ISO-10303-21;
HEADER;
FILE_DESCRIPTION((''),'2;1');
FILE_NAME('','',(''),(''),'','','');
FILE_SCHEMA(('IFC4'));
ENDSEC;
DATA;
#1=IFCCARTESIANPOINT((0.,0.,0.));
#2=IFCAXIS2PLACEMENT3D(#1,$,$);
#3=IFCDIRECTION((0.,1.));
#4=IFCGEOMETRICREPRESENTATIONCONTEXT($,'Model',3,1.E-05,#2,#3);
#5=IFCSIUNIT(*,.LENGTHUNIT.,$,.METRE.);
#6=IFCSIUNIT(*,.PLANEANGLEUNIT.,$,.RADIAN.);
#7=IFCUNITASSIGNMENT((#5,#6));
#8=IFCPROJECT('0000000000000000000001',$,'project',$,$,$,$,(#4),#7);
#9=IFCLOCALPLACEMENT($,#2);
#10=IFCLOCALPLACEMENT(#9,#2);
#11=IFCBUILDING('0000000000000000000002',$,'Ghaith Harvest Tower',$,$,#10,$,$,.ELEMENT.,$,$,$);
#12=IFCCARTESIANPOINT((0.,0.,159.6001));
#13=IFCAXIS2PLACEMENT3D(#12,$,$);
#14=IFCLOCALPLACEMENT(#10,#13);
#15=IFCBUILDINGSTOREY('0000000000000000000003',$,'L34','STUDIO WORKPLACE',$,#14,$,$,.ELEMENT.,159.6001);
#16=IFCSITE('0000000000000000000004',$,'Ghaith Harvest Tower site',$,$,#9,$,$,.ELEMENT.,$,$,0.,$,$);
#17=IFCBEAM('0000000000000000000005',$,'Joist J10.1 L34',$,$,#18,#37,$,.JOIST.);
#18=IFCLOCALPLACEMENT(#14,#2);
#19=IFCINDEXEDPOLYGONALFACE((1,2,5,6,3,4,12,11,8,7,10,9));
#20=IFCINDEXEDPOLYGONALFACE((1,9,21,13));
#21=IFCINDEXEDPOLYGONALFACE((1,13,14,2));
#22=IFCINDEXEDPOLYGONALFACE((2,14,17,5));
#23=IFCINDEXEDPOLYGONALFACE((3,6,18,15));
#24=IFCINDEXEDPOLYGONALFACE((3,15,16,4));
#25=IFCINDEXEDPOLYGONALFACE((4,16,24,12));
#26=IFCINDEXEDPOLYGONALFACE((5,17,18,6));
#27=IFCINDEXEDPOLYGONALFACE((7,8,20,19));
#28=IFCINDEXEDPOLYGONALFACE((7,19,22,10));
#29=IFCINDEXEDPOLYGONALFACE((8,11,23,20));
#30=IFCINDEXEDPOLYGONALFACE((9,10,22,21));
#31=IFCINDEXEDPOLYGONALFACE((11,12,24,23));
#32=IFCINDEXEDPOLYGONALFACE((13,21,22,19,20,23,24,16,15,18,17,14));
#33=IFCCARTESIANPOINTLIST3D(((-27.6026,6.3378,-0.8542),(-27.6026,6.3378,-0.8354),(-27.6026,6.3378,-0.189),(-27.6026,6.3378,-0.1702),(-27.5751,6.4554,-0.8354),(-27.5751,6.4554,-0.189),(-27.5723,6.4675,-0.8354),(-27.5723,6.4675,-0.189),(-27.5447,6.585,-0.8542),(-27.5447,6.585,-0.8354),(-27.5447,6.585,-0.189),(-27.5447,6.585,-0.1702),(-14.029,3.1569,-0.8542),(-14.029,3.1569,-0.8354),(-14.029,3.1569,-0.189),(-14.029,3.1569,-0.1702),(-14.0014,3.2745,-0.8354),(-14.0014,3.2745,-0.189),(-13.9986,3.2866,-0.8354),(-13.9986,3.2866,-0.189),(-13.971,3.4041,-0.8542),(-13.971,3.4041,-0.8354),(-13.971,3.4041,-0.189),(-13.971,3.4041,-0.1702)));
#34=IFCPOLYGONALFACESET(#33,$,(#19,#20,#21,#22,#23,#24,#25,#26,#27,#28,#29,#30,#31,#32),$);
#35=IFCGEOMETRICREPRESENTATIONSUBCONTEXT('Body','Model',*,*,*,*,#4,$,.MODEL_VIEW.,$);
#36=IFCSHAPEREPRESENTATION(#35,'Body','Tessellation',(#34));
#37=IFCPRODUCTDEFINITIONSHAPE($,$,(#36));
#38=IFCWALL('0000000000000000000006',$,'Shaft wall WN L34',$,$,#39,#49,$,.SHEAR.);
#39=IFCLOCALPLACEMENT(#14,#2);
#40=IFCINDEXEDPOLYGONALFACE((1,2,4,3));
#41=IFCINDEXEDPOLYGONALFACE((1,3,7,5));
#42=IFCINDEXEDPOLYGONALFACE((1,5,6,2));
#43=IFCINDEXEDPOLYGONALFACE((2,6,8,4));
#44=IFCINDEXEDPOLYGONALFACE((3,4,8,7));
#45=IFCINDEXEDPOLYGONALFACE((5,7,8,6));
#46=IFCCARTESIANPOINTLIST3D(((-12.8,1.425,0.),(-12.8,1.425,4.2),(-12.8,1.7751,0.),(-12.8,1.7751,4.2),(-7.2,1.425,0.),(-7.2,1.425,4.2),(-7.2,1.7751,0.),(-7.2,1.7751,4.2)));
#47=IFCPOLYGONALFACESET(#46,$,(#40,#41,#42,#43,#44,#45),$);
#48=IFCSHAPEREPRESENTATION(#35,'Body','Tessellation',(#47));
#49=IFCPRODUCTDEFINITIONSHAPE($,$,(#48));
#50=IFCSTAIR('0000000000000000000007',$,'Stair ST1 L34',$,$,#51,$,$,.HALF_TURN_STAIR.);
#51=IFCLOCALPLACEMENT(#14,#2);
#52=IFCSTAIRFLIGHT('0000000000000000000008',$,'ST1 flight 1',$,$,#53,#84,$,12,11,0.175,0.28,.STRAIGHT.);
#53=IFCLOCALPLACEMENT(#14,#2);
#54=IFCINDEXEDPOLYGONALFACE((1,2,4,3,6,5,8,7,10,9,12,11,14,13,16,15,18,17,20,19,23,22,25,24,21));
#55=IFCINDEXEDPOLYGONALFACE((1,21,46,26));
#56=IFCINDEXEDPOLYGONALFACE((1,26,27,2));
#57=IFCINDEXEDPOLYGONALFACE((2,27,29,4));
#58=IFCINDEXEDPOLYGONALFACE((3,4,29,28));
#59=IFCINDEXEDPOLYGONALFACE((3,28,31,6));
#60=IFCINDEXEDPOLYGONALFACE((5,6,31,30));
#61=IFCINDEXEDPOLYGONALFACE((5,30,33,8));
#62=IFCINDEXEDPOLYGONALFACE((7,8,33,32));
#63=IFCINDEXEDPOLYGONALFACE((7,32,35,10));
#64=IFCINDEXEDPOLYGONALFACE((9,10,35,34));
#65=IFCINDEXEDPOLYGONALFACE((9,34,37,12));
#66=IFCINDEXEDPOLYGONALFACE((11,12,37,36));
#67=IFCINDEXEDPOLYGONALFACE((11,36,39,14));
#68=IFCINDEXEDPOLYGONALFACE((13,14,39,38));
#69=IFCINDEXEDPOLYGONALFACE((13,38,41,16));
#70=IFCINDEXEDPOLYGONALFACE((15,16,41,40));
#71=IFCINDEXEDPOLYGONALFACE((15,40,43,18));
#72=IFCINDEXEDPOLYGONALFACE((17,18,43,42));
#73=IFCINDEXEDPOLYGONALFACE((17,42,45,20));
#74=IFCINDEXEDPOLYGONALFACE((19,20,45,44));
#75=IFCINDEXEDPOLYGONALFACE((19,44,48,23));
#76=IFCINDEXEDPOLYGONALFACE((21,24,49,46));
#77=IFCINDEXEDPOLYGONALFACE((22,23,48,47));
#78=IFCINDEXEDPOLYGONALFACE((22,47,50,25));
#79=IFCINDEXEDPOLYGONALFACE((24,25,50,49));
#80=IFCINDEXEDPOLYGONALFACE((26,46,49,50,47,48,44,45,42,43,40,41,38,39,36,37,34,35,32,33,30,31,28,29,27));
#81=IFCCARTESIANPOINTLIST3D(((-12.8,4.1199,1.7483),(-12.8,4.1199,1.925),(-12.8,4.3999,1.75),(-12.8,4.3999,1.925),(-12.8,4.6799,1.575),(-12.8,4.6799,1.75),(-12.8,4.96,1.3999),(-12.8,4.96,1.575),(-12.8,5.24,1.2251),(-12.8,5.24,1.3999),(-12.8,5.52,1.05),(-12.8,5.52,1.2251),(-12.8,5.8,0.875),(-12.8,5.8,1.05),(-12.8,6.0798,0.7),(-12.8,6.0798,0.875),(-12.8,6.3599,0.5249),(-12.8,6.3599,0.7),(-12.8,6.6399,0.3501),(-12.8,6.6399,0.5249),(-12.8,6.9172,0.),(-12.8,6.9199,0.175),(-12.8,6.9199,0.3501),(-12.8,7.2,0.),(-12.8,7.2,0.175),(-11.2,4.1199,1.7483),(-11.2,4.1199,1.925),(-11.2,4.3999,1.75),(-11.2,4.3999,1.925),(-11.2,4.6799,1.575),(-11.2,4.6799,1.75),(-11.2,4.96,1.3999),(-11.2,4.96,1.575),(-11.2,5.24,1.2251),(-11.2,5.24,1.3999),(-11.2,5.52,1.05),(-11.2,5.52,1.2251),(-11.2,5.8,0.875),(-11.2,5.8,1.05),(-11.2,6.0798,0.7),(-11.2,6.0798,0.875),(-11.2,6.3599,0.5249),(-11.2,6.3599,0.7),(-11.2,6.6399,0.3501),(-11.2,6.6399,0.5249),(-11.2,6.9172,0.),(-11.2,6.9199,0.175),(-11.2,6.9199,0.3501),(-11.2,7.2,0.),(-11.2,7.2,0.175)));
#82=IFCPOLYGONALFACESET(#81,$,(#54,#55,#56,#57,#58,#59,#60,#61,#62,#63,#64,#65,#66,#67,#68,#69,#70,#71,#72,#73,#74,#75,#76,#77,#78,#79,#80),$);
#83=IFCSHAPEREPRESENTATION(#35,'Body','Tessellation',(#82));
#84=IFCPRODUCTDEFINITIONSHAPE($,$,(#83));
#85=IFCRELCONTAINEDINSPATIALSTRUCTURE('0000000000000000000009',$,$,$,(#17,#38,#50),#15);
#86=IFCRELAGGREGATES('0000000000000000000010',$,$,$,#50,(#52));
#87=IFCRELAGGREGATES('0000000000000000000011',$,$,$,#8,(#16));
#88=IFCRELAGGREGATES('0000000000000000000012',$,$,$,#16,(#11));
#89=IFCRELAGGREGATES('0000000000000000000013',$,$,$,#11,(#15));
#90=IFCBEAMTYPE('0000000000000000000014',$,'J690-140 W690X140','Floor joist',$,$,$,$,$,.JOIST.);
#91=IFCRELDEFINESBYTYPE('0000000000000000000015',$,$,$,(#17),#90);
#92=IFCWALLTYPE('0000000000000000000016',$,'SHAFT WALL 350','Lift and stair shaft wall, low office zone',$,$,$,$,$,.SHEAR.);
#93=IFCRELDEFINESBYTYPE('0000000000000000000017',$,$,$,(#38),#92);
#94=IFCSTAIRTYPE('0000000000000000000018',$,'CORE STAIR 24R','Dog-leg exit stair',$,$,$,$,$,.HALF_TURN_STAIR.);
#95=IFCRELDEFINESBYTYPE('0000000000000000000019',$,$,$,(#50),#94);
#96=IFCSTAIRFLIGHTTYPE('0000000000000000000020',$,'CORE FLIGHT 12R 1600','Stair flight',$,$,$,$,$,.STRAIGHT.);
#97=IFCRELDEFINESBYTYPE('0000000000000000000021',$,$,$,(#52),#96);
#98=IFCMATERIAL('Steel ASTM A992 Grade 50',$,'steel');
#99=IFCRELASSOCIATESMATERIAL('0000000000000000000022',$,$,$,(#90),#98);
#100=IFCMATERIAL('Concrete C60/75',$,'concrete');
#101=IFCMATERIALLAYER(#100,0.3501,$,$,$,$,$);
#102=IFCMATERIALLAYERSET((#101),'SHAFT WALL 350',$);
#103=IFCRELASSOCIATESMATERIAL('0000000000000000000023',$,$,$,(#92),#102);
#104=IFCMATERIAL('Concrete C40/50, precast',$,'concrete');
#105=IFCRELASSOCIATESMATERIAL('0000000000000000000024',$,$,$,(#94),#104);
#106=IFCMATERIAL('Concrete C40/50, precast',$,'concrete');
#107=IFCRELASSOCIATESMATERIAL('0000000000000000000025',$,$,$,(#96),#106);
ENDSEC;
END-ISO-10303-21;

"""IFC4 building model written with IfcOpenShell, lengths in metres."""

from ifc_helpers import new_model, si_unit, direction, frame, frame_2d, origin, origin_2d, place, context, subcontext, project, spatial, polyline, rectangle, i_section, outline, extrude, material, layer, layer_set, material_profile, profile_set, type_object, element, aggregate, save


model = new_model("IFC4")

# Units and contexts
model_context = context("Model", 3, precision=1e-05, world=origin(), true_north=direction((0.0, 1.0)))
body_context = subcontext(model_context, "Body", "Model", "MODEL_VIEW")
ifc_project = project(units=[si_unit("LENGTHUNIT", "METRE"), si_unit("PLANEANGLEUNIT", "RADIAN")], contexts=[model_context])

# Site, building, storey
site_placement = place(None, origin())
site = spatial("IfcSite", under=ifc_project, at=site_placement, Name="Ghaith Harvest Tower site", CompositionType="ELEMENT", RefElevation=0.0)
building_placement = place(site_placement, origin())
building = spatial("IfcBuilding", under=site, at=building_placement, Name="Ghaith Harvest Tower", CompositionType="ELEMENT")
storey_placement = place(building_placement, frame((0.0, 0.0, 159.6001)))
storey = spatial("IfcBuildingStorey", under=building, at=storey_placement, Name="L34", Description="STUDIO WORKPLACE", CompositionType="ELEMENT", Elevation=159.6001)

# Beam
ifc_material_1 = material(Name="Steel ASTM A992 Grade 50", Category="steel")
ifc_material_profile_1 = material_profile(ifc_material_1, i_section(OverallWidth=0.2539, OverallDepth=0.6841, WebThickness=0.0125, FlangeThickness=0.0188, at=origin_2d()), Name="W690X140")
ifc_profile_set_1 = profile_set([ifc_material_profile_1], Name="Steel ASTM A992 Grade 50")
beam_type_1 = type_object("IfcBeamType", Name="J690-140 W690X140", Description="Floor joist", PredefinedType="JOIST", material=ifc_profile_set_1)
beam_1_placement = place(storey_placement, frame((-14.0, 3.2805, -0.5122), z_axis=(-0.973623, 0.228162, 0.0), x_axis=(-0.228162, -0.973623, 0.0)))
element("IfcBeam", 1, at=beam_1_placement, inside=storey, type_object=beam_type_1, Name="Joist J10.1 L34", PredefinedType="JOIST", context=body_context, shape_type="SweptSolid", body=[
    extrude(i_section(OverallWidth=0.2539, OverallDepth=0.6841, WebThickness=0.0125, FlangeThickness=0.0188, at=origin_2d()), origin(), (0.0, 0.0, 1.0), 13.9414),
])

# Wall
ifc_material_2 = material(Name="Concrete C60/75", Category="concrete")
ifc_layer_1 = layer(ifc_material_2, 0.3501)
ifc_layer_set_1 = layer_set([ifc_layer_1], Name="SHAFT WALL 350")
wall_type_1 = type_object("IfcWallType", Name="SHAFT WALL 350", Description="Lift and stair shaft wall, low office zone", PredefinedType="SHEAR", material=ifc_layer_set_1)
wall_1_placement = place(storey_placement, frame((-12.8, 1.6001, 0.0), z_axis=(0.0, 0.0, 1.0), x_axis=(1.0, 0.0, 0.0)))
element("IfcWall", 2, at=wall_1_placement, inside=storey, type_object=wall_type_1, Name="Shaft wall WN L34", PredefinedType="SHEAR", context=body_context, shape_type="SweptSolid", body=[
    extrude(rectangle(XDim=5.6001, YDim=0.3501, at=frame_2d((2.8, 0.0))), origin(), (0.0, 0.0, 1.0), 4.2),
])

# Stair, stair flight
ifc_material_3 = material(Name="Concrete C40/50, precast", Category="concrete")
stair_type = type_object("IfcStairType", Name="CORE STAIR 24R", Description="Dog-leg exit stair", PredefinedType="HALF_TURN_STAIR", material=ifc_material_3)
stair_placement = place(storey_placement, origin())
stair = element("IfcStair", 3, at=stair_placement, inside=storey, type_object=stair_type, Name="Stair ST1 L34", PredefinedType="HALF_TURN_STAIR")
ifc_material_4 = material(Name="Concrete C40/50, precast", Category="concrete")
stair_flight_type = type_object("IfcStairFlightType", Name="CORE FLIGHT 12R 1600", Description="Stair flight", PredefinedType="STRAIGHT", material=ifc_material_4)
stair_flight_placement = place(storey_placement, frame((-12.0, 7.2, 0.0), z_axis=(0.0, 0.0, 1.0), x_axis=(0.0, -1.0, 0.0)))
stair_flight = element("IfcStairFlight", 4, at=stair_flight_placement, type_object=stair_flight_type, Name="ST1 flight 1", NumberOfRisers=12, NumberOfTreads=11, PredefinedType="STRAIGHT", RiserHeight=0.175, TreadLength=0.28, context=body_context, shape_type="SweptSolid", body=[
    extrude(outline(polyline([(0.0, 0.0), (0.0, 0.175), (0.28, 0.175), (0.28, 0.3501), (0.5601, 0.3501), (0.5601, 0.5249), (0.8401, 0.5249), (0.8401, 0.7), (1.1201, 0.7), (1.1201, 0.875), (1.3999, 0.875), (1.3999, 1.05), (1.6799, 1.05), (1.6799, 1.2251), (1.96, 1.2251), (1.96, 1.3999), (2.24, 1.3999), (2.24, 1.575), (2.52, 1.575), (2.52, 1.75), (2.8, 1.75), (2.8, 1.925), (3.0801, 1.925), (3.0801, 2.1001), (3.0801, 1.7483), (0.2827, 0.0), (0.0, 0.0)])), frame((0.0, 0.8, 0.0), z_axis=(0.0, -1.0, 0.0), x_axis=(1.0, 0.0, 0.0)), (0.0, 0.0, 1.0), 1.6001),
])
aggregate(stair, [stair_flight])

save(model, "model.ifc")
